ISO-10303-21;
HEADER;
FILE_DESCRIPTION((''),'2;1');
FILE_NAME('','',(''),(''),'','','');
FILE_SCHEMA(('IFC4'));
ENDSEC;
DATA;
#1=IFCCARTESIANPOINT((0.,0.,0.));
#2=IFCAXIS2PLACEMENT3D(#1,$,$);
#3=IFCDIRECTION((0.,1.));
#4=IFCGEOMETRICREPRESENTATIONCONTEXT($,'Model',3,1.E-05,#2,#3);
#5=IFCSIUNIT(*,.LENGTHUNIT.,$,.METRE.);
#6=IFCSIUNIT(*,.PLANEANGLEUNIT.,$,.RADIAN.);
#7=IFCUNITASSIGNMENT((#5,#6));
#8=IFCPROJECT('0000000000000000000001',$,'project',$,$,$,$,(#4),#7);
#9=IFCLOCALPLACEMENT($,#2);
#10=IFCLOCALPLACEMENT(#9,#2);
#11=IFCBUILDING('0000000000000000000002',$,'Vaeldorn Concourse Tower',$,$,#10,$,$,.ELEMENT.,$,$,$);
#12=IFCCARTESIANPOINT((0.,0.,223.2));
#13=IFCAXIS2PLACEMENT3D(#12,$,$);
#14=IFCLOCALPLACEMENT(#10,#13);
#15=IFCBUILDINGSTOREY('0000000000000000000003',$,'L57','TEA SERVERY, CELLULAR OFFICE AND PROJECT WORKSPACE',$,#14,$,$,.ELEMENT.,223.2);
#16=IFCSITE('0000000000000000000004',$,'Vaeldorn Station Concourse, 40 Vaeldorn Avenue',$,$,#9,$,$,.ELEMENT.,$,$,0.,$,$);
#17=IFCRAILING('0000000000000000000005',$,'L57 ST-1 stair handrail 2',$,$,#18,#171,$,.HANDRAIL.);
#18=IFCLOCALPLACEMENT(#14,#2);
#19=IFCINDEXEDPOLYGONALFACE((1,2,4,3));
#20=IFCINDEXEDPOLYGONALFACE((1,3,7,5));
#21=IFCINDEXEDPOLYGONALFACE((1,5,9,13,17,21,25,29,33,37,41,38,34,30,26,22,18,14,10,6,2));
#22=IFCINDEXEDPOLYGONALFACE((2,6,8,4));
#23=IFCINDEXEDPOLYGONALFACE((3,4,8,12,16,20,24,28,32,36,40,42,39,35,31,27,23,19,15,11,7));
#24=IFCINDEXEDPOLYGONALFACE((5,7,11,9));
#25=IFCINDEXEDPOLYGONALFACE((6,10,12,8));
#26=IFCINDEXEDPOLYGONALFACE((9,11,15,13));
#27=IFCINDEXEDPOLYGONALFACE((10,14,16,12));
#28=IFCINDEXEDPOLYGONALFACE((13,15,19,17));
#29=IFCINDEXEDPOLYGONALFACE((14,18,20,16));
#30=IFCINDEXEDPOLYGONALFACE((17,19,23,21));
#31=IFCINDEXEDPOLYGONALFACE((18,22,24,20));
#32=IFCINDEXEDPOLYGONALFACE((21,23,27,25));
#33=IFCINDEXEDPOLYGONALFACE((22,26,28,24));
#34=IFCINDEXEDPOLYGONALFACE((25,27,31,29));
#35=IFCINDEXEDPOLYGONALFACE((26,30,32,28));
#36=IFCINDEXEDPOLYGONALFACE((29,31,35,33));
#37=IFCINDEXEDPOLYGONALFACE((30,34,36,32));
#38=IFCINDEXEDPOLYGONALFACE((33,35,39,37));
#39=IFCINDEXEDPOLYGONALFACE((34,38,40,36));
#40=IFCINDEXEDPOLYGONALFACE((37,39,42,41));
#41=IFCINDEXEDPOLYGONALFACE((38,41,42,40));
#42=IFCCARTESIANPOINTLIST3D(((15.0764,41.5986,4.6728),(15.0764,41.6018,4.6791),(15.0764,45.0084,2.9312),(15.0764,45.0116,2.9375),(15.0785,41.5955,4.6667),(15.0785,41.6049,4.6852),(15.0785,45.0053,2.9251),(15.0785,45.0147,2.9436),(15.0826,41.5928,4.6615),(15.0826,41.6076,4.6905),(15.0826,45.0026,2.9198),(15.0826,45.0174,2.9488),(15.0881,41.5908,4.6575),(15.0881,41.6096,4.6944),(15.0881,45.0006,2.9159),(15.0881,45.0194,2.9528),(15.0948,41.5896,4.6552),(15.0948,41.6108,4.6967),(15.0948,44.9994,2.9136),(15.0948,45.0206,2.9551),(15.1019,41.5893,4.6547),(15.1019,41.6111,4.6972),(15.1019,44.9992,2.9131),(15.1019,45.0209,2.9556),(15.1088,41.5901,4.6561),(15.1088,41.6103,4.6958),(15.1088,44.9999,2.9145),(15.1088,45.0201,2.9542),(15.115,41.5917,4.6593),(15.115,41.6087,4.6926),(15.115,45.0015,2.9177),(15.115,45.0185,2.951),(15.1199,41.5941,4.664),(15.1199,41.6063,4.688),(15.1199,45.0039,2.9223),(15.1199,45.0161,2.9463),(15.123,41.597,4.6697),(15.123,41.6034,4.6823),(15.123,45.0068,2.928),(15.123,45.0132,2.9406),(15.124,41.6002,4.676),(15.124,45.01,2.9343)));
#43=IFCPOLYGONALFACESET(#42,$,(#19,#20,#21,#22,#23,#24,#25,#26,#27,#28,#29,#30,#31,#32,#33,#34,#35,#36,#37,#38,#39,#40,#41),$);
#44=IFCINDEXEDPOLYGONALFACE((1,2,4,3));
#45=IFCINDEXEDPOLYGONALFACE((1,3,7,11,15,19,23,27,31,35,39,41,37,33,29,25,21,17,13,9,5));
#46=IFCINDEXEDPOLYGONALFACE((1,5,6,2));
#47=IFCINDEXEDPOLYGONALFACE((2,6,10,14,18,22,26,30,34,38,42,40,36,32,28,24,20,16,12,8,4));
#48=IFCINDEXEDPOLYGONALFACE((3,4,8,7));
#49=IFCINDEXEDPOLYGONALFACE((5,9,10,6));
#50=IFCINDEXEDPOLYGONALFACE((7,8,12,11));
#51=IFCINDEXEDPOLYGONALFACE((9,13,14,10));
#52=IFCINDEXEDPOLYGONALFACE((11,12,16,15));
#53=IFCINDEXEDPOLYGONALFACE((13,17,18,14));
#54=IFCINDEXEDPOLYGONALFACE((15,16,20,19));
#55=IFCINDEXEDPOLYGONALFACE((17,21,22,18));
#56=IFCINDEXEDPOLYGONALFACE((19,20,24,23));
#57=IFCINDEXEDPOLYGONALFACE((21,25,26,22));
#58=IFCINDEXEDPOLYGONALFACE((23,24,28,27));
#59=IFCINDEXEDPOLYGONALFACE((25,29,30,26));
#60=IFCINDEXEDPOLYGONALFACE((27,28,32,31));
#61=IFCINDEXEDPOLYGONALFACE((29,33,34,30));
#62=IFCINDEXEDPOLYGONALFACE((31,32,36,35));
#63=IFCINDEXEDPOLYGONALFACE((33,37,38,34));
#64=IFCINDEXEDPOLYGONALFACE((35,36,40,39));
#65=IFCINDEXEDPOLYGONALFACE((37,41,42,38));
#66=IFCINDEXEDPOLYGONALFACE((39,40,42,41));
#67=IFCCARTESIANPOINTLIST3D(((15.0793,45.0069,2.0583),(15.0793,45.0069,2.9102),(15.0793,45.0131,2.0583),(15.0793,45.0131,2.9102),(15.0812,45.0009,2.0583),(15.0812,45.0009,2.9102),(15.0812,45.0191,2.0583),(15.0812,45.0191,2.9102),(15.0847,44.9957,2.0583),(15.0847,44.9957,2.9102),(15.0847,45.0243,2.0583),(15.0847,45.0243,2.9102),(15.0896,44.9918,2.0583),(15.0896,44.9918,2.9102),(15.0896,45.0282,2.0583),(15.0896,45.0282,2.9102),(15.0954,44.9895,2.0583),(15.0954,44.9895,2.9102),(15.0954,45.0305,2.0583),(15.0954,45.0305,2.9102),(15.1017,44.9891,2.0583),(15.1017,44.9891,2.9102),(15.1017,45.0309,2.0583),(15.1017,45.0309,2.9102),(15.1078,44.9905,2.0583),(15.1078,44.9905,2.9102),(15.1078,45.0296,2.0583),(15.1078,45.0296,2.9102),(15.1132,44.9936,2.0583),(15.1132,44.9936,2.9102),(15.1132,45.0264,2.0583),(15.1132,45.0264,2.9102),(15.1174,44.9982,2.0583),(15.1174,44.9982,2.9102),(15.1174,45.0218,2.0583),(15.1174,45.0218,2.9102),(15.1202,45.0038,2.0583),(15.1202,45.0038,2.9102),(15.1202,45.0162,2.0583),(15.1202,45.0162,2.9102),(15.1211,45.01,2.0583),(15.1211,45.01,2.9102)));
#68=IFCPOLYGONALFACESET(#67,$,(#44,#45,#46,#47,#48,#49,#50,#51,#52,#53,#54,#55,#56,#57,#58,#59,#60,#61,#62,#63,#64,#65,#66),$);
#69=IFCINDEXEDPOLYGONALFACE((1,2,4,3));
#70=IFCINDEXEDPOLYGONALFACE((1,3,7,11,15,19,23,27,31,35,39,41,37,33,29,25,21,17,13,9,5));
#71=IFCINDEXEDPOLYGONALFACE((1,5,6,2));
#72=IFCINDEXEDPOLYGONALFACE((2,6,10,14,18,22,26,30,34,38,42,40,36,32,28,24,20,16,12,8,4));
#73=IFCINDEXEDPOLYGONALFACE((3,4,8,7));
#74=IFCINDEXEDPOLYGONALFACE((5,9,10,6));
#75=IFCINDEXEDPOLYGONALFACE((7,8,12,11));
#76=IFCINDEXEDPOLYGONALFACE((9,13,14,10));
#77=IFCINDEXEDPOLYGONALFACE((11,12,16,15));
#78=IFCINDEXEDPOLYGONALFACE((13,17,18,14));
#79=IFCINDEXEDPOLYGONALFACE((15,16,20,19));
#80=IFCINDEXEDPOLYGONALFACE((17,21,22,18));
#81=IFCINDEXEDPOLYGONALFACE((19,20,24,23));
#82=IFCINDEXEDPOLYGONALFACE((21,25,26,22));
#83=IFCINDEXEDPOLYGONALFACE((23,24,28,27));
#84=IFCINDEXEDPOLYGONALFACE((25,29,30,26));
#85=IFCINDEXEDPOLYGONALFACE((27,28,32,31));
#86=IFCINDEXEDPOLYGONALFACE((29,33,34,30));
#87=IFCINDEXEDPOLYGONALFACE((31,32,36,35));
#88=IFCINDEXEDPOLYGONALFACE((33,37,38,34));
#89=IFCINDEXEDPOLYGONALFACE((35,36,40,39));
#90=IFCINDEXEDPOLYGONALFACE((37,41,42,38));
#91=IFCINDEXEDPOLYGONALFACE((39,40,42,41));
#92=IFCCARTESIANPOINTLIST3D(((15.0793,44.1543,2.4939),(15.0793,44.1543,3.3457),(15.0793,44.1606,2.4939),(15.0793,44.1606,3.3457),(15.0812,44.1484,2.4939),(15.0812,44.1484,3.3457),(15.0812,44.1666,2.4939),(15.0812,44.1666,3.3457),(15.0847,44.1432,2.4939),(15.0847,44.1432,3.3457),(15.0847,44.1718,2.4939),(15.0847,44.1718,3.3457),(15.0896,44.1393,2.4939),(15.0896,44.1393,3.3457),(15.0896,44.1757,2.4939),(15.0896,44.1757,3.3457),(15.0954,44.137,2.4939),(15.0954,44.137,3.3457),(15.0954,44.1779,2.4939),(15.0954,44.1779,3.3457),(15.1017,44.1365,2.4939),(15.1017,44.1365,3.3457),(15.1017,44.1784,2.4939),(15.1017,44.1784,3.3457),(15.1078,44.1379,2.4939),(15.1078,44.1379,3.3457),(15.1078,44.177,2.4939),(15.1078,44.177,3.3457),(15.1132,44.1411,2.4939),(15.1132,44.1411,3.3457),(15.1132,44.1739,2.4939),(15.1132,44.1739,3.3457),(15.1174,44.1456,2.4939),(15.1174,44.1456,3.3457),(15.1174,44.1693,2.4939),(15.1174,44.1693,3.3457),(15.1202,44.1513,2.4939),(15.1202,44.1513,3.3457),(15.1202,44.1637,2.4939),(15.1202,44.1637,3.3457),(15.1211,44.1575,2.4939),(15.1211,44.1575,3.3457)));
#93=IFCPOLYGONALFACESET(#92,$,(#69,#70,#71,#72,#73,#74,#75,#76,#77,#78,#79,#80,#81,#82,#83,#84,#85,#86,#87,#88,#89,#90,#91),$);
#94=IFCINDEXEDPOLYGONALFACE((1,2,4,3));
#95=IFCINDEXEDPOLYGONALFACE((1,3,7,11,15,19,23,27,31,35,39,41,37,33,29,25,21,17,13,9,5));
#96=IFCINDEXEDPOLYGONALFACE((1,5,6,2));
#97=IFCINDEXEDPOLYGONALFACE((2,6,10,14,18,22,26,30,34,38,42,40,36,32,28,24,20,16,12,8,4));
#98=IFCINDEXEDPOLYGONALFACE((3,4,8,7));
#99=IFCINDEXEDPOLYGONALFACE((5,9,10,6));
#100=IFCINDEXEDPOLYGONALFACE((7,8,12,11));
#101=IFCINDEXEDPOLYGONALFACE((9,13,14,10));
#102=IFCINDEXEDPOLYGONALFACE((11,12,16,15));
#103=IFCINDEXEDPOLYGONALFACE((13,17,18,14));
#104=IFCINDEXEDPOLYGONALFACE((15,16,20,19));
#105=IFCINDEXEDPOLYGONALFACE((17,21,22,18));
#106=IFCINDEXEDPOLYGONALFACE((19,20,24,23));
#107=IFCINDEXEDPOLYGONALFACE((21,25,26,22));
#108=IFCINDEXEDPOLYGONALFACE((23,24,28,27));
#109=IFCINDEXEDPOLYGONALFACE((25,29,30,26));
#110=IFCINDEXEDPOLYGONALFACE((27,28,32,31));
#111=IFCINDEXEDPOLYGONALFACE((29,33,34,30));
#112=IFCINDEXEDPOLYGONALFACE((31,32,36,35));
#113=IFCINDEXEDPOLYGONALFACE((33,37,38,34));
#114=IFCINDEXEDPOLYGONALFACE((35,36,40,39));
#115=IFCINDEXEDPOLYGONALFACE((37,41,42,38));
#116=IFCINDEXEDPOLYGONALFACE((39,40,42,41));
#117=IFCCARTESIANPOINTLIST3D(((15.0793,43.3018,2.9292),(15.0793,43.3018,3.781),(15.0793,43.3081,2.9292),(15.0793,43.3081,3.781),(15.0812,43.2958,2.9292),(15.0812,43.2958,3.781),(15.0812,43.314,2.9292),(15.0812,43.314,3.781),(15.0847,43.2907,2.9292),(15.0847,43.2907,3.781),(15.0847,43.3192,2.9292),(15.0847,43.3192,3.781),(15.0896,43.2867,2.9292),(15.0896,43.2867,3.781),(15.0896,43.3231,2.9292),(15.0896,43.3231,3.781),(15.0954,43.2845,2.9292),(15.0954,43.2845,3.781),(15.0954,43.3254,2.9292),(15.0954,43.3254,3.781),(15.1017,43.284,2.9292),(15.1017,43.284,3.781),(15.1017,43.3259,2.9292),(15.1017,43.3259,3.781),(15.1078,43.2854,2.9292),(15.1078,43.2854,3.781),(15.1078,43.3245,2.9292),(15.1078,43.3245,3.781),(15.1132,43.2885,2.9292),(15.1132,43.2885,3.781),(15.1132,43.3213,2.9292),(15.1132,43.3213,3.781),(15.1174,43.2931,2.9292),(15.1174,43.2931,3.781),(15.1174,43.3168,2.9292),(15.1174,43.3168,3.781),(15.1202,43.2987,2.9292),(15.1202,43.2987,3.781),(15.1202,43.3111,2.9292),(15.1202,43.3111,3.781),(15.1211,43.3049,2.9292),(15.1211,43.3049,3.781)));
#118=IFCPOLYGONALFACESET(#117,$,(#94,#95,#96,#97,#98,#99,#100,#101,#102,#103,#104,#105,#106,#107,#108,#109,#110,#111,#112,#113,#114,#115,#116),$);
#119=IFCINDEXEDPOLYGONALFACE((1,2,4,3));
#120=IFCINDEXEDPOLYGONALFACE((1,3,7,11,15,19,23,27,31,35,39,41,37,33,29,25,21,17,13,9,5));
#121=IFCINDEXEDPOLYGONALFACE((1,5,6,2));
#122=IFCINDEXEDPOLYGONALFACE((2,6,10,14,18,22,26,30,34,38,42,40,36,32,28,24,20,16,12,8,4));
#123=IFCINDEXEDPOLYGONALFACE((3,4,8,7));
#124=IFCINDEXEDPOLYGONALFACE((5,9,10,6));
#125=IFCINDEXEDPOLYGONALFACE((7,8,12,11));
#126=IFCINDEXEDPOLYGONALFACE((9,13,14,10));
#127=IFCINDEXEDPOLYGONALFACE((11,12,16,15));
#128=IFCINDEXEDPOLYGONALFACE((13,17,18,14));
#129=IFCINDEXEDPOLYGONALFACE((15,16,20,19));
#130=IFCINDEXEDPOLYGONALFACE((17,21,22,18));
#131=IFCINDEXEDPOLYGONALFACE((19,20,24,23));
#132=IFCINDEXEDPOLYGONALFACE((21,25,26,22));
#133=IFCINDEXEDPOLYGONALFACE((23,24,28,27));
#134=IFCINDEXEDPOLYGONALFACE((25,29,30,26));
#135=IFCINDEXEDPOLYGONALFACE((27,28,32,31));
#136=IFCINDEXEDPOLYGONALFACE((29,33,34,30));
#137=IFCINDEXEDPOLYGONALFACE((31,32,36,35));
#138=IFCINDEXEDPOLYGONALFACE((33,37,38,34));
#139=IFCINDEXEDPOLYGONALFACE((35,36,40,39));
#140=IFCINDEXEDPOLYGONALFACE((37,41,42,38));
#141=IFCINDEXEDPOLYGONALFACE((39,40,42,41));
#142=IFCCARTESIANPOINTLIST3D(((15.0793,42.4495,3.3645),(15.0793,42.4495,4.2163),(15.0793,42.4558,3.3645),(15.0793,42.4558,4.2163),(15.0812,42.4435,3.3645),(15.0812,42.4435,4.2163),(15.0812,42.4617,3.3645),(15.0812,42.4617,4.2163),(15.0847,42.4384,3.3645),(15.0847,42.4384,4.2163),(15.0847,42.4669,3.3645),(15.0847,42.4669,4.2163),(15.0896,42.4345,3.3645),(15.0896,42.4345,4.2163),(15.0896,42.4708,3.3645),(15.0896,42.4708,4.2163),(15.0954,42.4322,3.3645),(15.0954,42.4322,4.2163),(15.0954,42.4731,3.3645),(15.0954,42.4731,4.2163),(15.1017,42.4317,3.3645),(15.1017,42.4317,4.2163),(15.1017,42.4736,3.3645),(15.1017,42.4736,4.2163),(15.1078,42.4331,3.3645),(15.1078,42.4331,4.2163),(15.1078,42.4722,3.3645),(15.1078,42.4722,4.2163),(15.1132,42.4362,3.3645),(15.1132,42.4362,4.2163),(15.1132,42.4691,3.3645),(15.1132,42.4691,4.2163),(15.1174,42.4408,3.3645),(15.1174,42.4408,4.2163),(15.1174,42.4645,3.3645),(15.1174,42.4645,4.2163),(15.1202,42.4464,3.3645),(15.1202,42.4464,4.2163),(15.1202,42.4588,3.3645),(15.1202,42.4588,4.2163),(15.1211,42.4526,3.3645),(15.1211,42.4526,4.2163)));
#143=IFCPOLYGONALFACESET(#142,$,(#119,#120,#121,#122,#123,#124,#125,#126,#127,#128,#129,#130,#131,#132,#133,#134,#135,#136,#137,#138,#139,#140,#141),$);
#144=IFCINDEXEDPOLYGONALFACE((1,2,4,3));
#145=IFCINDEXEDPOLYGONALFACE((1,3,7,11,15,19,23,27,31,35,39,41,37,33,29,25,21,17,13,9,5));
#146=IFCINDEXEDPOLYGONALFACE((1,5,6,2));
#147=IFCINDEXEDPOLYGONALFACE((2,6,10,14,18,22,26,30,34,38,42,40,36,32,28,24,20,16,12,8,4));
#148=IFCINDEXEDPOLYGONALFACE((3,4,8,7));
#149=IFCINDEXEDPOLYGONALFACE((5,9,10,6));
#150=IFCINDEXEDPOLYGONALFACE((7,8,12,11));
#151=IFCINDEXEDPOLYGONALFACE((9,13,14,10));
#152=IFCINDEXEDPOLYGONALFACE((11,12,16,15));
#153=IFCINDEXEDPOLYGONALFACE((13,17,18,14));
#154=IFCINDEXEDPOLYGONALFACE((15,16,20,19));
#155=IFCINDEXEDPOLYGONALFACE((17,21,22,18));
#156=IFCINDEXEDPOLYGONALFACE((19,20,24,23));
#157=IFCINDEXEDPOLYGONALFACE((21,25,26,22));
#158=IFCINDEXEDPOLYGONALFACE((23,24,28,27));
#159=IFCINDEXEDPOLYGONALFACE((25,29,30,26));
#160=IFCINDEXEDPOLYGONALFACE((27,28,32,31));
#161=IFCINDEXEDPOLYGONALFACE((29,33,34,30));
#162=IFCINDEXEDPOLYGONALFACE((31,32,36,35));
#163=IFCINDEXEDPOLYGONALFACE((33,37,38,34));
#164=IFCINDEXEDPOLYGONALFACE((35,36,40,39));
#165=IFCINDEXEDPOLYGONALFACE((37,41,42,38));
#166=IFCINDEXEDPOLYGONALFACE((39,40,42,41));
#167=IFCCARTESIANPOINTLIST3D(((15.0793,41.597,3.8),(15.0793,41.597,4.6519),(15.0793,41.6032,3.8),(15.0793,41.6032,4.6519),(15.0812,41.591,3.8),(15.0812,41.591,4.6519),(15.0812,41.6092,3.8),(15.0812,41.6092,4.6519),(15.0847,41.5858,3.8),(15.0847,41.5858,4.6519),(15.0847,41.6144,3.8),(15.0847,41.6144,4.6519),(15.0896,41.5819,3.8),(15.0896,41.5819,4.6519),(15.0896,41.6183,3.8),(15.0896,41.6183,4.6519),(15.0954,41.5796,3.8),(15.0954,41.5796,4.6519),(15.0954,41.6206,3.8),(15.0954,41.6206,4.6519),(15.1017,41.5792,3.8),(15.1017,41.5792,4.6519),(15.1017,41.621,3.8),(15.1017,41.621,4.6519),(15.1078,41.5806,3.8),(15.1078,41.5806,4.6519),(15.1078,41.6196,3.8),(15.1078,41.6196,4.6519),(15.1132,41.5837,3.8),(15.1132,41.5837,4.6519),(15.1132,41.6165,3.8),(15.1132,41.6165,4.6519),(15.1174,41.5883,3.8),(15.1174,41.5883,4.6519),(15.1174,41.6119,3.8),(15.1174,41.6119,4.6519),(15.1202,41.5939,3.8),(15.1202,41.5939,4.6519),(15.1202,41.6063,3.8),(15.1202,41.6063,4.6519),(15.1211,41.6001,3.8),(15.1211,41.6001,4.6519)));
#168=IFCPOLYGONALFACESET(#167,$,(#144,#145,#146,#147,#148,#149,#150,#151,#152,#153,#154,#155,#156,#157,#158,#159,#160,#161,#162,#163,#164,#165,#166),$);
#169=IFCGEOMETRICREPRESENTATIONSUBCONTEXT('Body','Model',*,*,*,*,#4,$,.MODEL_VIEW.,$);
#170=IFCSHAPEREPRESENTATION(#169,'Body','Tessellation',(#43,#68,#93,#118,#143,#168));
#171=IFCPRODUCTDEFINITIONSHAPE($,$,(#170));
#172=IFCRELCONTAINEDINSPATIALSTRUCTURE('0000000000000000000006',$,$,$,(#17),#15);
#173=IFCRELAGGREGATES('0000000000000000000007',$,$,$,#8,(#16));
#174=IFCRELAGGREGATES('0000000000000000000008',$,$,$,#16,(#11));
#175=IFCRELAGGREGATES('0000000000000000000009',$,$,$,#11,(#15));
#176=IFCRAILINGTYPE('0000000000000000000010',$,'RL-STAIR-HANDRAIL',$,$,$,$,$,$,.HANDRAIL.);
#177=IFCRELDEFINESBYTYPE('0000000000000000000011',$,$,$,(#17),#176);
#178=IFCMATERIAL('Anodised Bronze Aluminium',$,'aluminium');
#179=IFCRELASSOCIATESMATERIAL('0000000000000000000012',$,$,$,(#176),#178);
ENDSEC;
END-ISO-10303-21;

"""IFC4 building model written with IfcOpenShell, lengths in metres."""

from ifc_helpers import new_model, si_unit, direction, frame, origin, origin_2d, place, context, subcontext, project, spatial, circle, extrude, material, type_object, element, save


model = new_model("IFC4")

# Units and contexts
model_context = context("Model", 3, precision=1e-05, world=origin(), true_north=direction((0.0, 1.0)))
body_context = subcontext(model_context, "Body", "Model", "MODEL_VIEW")
ifc_project = project(units=[si_unit("LENGTHUNIT", "METRE"), si_unit("PLANEANGLEUNIT", "RADIAN")], contexts=[model_context])

# Site, building, storey
site_placement = place(None, origin())
site = spatial("IfcSite", under=ifc_project, at=site_placement, Name="Vaeldorn Station Concourse, 40 Vaeldorn Avenue", CompositionType="ELEMENT", RefElevation=0.0)
building_placement = place(site_placement, origin())
building = spatial("IfcBuilding", under=site, at=building_placement, Name="Vaeldorn Concourse Tower", CompositionType="ELEMENT")
storey_placement = place(building_placement, frame((0.0, 0.0, 223.2)))
storey = spatial("IfcBuildingStorey", under=building, at=storey_placement, Name="L57", Description="TEA SERVERY, CELLULAR OFFICE AND PROJECT WORKSPACE", CompositionType="ELEMENT", Elevation=223.2)

# Shared definitions
ifc_material_1 = material(Name="Anodised Bronze Aluminium", Category="aluminium")

# Railing
railing_type_1 = type_object("IfcRailingType", Name="RL-STAIR-HANDRAIL", PredefinedType="HANDRAIL", material=ifc_material_1)
railing_1_placement = place(storey_placement, frame((15.1001, 45.01, 2.0583)))
element("IfcRailing", 1, at=railing_1_placement, inside=storey, type_object=railing_type_1, Name="L57 ST-1 stair handrail 2", PredefinedType="HANDRAIL", context=body_context, shape_type="SweptSolid", body=[
    extrude(circle(Radius=0.0239, at=origin_2d()), frame((0.0, 0.0, 0.876), z_axis=(0.0, -0.890556, 0.454874), x_axis=(1.0, 0.0, 0.0)), (0.0, 0.0, 1.0), 3.8289),
    extrude(circle(Radius=0.021, at=origin_2d()), origin(), (0.0, 0.0, 1.0), 0.8518),
    extrude(circle(Radius=0.021, at=origin_2d()), frame((0.0, -0.8525, 0.4355)), (0.0, 0.0, 1.0), 0.8518),
    extrude(circle(Radius=0.021, at=origin_2d()), frame((0.0, -1.7051, 0.8708)), (0.0, 0.0, 1.0), 0.8518),
    extrude(circle(Radius=0.021, at=origin_2d()), frame((0.0, -2.5574, 1.3062)), (0.0, 0.0, 1.0), 0.8518),
    extrude(circle(Radius=0.021, at=origin_2d()), frame((0.0, -3.4099, 1.7417)), (0.0, 0.0, 1.0), 0.8518),
])

save(model, "model.ifc")
